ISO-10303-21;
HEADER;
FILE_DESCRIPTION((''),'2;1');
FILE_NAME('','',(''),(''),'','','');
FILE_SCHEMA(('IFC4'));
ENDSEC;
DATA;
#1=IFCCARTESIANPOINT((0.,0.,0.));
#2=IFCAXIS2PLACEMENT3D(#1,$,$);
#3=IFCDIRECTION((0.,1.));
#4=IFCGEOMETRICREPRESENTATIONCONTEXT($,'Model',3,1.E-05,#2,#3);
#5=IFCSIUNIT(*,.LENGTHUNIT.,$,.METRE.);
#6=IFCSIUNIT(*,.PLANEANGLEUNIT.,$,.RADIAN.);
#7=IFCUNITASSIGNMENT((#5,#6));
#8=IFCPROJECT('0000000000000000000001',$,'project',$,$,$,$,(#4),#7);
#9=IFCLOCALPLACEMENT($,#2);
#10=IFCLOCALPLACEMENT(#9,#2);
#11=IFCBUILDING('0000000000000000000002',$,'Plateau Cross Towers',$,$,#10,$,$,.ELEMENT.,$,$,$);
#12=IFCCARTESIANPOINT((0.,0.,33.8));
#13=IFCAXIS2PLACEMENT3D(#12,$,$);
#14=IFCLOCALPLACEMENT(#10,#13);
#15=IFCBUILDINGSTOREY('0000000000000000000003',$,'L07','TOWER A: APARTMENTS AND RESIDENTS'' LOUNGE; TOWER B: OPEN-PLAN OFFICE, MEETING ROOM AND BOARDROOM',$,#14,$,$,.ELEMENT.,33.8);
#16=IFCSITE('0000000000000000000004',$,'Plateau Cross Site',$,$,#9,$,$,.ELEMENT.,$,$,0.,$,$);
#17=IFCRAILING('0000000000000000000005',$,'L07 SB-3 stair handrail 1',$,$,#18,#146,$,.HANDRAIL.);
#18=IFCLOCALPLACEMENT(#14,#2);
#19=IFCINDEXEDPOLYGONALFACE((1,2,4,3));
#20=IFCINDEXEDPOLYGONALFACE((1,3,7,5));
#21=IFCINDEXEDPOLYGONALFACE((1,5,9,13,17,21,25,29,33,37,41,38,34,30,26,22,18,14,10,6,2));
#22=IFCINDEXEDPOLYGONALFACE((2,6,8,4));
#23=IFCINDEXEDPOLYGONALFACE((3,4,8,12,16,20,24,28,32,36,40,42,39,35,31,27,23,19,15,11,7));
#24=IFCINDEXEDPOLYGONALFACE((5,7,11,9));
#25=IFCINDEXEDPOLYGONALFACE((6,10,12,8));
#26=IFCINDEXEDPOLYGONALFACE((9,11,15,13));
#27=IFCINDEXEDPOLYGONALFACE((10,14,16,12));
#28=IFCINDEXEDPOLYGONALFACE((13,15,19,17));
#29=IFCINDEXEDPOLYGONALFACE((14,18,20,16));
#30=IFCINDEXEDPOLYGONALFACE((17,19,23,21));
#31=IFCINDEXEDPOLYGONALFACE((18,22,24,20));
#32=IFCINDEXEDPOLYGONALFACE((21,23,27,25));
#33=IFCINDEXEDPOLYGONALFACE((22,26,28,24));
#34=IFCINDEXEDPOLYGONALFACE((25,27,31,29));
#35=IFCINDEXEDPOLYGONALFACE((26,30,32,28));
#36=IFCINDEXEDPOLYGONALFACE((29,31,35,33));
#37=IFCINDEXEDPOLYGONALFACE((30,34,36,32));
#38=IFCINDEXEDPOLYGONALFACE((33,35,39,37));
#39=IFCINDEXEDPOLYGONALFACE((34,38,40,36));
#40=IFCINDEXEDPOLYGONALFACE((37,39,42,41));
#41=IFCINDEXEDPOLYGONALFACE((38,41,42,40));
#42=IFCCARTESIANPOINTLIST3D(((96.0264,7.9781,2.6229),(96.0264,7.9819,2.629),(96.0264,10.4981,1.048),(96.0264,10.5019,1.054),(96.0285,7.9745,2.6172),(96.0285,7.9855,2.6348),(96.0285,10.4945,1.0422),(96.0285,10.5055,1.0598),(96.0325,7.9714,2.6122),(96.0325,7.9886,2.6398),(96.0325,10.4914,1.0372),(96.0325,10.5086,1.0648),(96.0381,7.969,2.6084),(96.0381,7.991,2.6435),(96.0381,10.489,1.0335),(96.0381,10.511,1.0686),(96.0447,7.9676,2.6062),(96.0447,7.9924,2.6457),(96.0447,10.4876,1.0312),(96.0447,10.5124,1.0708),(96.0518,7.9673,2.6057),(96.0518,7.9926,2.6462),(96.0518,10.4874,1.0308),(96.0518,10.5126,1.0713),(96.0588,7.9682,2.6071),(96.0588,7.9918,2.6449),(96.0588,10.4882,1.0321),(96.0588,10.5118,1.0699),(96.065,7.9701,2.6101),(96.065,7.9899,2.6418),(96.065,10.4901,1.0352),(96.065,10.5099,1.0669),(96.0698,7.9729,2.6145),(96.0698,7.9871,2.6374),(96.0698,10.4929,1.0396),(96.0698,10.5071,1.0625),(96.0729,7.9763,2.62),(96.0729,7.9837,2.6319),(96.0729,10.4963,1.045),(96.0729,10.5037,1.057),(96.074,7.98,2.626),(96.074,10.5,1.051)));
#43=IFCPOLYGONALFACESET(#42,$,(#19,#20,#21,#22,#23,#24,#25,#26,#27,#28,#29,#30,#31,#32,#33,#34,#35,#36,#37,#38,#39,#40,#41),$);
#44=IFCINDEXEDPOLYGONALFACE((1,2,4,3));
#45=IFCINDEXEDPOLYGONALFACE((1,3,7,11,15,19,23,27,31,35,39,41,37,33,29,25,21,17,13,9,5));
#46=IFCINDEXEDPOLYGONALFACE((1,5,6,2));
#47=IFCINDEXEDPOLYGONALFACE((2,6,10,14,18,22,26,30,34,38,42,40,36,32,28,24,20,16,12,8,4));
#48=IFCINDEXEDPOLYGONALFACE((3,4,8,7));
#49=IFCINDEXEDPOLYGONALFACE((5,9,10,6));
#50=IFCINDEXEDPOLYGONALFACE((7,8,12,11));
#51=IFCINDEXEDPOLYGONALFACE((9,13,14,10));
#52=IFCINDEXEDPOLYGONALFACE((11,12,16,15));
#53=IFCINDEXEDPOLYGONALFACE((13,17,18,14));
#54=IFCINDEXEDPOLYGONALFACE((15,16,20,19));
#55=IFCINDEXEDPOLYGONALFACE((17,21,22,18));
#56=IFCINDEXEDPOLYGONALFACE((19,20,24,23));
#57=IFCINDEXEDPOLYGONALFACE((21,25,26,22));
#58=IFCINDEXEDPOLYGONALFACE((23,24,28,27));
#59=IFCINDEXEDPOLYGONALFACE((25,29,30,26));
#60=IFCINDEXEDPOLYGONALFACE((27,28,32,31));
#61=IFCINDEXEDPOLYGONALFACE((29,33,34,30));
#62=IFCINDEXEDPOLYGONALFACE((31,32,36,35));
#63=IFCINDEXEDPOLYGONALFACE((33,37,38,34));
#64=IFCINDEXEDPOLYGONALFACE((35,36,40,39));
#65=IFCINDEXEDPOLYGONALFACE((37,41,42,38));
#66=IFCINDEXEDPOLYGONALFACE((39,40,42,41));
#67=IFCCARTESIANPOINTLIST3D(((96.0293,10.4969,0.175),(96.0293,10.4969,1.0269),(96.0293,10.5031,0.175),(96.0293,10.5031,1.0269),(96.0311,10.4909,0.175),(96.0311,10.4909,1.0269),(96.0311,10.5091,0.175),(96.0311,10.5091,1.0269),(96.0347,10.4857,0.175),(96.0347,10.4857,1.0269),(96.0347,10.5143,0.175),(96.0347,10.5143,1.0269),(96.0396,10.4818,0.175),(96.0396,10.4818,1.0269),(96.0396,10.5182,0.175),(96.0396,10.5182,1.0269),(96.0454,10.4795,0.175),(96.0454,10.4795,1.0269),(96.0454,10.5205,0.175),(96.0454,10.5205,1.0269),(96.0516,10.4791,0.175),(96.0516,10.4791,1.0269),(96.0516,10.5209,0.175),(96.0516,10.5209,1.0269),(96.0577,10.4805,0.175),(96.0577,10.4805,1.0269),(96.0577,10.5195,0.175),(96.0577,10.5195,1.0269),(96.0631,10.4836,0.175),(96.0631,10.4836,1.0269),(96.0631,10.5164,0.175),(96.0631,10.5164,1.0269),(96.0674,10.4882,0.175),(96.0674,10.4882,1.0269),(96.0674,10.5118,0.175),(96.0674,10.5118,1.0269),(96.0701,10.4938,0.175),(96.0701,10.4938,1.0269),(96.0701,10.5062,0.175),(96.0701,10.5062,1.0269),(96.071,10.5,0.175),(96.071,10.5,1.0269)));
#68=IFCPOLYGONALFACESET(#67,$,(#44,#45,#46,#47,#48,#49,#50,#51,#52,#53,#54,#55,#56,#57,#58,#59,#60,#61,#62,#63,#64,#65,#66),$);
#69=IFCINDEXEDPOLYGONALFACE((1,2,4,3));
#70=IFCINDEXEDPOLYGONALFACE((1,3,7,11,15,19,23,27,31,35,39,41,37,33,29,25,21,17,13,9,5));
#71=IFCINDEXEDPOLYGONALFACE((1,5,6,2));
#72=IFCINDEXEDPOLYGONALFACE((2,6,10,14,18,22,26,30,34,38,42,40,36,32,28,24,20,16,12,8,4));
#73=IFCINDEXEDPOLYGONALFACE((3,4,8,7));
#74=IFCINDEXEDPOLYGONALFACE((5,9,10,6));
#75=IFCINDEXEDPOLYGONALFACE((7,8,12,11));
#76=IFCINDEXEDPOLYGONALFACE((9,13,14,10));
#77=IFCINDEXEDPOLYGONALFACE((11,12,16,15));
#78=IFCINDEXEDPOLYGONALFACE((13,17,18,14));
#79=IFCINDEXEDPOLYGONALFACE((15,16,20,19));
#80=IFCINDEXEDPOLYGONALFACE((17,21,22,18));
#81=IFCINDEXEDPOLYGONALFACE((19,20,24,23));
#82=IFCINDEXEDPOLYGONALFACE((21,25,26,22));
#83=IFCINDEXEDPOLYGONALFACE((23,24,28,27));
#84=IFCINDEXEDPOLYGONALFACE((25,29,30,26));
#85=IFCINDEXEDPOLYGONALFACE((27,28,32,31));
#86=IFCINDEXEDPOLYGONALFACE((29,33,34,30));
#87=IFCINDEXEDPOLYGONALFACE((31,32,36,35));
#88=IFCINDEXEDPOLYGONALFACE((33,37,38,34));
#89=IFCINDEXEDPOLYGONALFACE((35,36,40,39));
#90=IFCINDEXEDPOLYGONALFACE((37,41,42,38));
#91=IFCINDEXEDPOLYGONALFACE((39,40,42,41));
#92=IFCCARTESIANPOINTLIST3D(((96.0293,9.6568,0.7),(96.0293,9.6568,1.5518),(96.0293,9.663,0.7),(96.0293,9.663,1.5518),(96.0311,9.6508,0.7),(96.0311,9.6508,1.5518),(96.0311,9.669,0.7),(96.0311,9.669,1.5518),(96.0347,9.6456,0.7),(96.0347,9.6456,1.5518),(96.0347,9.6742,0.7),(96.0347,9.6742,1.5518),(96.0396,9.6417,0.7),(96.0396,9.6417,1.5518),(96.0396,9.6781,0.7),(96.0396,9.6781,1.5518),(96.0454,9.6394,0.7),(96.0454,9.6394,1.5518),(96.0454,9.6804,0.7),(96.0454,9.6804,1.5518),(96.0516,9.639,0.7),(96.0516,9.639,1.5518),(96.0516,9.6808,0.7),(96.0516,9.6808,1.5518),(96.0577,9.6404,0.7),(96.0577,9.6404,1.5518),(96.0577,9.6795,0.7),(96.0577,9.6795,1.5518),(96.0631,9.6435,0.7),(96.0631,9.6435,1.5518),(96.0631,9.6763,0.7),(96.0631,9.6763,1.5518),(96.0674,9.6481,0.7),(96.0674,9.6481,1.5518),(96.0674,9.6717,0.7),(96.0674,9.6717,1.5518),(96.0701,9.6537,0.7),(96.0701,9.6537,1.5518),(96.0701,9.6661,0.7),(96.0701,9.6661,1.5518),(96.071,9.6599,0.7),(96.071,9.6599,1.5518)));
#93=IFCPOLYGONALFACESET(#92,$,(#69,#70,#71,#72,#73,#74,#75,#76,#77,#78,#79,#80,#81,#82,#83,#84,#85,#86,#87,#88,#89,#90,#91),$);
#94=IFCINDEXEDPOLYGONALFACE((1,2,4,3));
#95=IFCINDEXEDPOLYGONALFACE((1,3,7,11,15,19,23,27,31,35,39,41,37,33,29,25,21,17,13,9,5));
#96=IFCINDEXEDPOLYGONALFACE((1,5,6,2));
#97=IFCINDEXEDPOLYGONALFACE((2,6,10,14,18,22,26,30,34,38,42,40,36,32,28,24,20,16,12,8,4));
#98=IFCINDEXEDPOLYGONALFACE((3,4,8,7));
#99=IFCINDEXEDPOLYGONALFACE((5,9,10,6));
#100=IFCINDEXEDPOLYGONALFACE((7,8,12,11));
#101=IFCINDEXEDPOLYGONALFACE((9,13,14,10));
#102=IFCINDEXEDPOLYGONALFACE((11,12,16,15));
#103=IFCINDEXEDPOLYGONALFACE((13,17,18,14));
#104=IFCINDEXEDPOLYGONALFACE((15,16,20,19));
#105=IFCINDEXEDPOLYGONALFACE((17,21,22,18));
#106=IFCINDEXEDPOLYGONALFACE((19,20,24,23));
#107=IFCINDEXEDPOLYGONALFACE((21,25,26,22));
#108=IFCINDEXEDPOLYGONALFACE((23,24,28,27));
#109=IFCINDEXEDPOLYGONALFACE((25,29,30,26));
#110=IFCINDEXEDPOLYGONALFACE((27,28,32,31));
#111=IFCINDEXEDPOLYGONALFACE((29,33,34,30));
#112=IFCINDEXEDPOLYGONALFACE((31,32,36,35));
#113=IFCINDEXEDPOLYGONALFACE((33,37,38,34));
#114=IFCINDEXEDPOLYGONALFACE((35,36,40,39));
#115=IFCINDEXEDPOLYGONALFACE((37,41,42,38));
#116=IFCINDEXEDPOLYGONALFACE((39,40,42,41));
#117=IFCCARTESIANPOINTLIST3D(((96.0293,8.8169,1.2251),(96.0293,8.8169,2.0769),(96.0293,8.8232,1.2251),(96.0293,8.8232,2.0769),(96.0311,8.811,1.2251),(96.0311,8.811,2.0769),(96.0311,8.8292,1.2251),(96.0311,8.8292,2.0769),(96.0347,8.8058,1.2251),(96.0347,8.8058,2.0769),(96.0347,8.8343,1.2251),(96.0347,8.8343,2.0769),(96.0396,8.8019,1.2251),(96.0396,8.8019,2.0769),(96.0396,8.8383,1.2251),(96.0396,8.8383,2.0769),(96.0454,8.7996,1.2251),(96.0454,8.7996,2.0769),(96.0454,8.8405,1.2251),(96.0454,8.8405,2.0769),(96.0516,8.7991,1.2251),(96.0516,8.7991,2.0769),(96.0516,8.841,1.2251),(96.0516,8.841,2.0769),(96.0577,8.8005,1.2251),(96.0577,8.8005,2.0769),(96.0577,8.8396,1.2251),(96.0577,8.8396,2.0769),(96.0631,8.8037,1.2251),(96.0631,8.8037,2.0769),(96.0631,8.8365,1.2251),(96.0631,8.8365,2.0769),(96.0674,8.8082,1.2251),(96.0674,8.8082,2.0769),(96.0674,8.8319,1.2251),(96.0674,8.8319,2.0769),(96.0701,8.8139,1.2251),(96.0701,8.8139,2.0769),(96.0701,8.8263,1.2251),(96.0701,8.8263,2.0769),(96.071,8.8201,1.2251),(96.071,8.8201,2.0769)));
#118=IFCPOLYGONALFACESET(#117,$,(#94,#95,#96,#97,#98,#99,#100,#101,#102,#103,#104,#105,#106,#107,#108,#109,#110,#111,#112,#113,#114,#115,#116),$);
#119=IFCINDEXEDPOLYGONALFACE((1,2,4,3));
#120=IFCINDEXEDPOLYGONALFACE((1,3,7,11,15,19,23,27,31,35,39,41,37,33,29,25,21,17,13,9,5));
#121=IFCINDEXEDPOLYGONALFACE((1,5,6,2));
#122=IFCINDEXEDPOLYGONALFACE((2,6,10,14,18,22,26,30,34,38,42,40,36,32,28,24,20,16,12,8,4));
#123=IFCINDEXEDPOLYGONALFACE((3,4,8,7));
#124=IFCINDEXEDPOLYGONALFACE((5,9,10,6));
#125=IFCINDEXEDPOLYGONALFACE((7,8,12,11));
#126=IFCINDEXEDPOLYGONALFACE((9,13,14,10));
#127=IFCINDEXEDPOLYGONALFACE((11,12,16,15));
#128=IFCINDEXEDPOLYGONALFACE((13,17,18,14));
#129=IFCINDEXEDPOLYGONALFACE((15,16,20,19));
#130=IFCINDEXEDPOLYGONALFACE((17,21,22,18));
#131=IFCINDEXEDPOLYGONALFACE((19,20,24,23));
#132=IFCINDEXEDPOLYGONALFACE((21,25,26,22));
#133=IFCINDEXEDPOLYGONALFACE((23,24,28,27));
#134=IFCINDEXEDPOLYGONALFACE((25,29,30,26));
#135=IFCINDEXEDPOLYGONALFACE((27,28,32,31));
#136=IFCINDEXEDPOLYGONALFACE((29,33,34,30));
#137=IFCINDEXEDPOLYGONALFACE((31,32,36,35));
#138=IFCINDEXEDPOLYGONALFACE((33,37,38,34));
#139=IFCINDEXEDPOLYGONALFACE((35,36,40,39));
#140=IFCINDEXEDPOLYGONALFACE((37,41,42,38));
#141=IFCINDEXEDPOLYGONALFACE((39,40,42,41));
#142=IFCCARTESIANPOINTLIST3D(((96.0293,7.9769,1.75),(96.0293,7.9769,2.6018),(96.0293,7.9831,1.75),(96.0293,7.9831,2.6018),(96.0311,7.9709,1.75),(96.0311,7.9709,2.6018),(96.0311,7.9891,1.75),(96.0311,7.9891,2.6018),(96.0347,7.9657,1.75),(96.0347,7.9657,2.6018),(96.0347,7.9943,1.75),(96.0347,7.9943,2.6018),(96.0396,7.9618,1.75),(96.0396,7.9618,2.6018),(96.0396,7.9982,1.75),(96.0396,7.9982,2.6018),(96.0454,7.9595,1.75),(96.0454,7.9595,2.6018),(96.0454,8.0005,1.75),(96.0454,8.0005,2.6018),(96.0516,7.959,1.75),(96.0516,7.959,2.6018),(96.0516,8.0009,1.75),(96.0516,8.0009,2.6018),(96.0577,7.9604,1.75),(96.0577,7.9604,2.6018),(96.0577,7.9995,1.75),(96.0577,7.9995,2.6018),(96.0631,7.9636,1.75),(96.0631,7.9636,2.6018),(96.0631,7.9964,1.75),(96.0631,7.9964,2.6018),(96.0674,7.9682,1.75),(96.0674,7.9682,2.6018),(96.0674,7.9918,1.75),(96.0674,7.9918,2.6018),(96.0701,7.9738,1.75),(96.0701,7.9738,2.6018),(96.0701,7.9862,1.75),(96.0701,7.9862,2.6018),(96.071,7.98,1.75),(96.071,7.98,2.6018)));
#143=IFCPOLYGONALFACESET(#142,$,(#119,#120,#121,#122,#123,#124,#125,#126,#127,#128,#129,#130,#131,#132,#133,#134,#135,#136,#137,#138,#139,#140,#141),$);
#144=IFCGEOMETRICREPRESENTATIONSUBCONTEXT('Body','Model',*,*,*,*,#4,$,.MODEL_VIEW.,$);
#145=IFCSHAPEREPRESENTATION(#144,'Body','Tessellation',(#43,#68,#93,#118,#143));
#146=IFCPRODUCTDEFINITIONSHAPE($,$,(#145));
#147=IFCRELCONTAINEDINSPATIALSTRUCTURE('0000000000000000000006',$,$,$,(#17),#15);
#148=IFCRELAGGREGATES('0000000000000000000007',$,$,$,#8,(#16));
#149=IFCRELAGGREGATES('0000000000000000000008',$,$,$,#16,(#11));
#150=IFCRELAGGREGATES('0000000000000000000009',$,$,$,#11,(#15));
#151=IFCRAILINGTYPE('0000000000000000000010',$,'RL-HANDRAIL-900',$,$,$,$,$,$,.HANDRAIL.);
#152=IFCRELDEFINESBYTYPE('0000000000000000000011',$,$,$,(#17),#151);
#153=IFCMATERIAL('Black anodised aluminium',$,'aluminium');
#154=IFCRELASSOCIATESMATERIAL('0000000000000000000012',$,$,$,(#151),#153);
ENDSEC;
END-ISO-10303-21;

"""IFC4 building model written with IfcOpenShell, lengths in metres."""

from ifc_helpers import new_model, si_unit, direction, frame, origin, origin_2d, place, context, subcontext, project, spatial, circle, extrude, material, type_object, element, save


model = new_model("IFC4")

# Units and contexts
model_context = context("Model", 3, precision=1e-05, world=origin(), true_north=direction((0.0, 1.0)))
body_context = subcontext(model_context, "Body", "Model", "MODEL_VIEW")
ifc_project = project(units=[si_unit("LENGTHUNIT", "METRE"), si_unit("PLANEANGLEUNIT", "RADIAN")], contexts=[model_context])

# Site, building, storey
site_placement = place(None, origin())
site = spatial("IfcSite", under=ifc_project, at=site_placement, Name="Plateau Cross Site", CompositionType="ELEMENT", RefElevation=0.0)
building_placement = place(site_placement, origin())
building = spatial("IfcBuilding", under=site, at=building_placement, Name="Plateau Cross Towers", CompositionType="ELEMENT")
storey_placement = place(building_placement, frame((0.0, 0.0, 33.8)))
storey = spatial("IfcBuildingStorey", under=building, at=storey_placement, Name="L07", Description="TOWER A: APARTMENTS AND RESIDENTS' LOUNGE; TOWER B: OPEN-PLAN OFFICE, MEETING ROOM AND BOARDROOM", CompositionType="ELEMENT", Elevation=33.8)

# Shared definitions
ifc_material_1 = material(Name="Black anodised aluminium", Category="aluminium")

# Railing
railing_type_1 = type_object("IfcRailingType", Name="RL-HANDRAIL-900", PredefinedType="HANDRAIL", material=ifc_material_1)
railing_1_placement = place(storey_placement, frame((96.05, 10.5, 0.175)))
element("IfcRailing", 1, at=railing_1_placement, inside=storey, type_object=railing_type_1, Name="L07 SB-3 stair handrail 1", PredefinedType="HANDRAIL", context=body_context, shape_type="SweptSolid", body=[
    extrude(circle(Radius=0.0239, at=origin_2d()), frame((0.0, 0.0, 0.876), z_axis=(0.0, -0.848008, 0.529984), x_axis=(1.0, 0.0, 0.0)), (0.0, 0.0, 1.0), 2.9717),
    extrude(circle(Radius=0.021, at=origin_2d()), origin(), (0.0, 0.0, 1.0), 0.8518),
    extrude(circle(Radius=0.021, at=origin_2d()), frame((0.0, -0.8401, 0.5249)), (0.0, 0.0, 1.0), 0.8518),
    extrude(circle(Radius=0.021, at=origin_2d()), frame((0.0, -1.6799, 1.05)), (0.0, 0.0, 1.0), 0.8518),
    extrude(circle(Radius=0.021, at=origin_2d()), frame((0.0, -2.52, 1.575)), (0.0, 0.0, 1.0), 0.8518),
])

save(model, "model.ifc")
